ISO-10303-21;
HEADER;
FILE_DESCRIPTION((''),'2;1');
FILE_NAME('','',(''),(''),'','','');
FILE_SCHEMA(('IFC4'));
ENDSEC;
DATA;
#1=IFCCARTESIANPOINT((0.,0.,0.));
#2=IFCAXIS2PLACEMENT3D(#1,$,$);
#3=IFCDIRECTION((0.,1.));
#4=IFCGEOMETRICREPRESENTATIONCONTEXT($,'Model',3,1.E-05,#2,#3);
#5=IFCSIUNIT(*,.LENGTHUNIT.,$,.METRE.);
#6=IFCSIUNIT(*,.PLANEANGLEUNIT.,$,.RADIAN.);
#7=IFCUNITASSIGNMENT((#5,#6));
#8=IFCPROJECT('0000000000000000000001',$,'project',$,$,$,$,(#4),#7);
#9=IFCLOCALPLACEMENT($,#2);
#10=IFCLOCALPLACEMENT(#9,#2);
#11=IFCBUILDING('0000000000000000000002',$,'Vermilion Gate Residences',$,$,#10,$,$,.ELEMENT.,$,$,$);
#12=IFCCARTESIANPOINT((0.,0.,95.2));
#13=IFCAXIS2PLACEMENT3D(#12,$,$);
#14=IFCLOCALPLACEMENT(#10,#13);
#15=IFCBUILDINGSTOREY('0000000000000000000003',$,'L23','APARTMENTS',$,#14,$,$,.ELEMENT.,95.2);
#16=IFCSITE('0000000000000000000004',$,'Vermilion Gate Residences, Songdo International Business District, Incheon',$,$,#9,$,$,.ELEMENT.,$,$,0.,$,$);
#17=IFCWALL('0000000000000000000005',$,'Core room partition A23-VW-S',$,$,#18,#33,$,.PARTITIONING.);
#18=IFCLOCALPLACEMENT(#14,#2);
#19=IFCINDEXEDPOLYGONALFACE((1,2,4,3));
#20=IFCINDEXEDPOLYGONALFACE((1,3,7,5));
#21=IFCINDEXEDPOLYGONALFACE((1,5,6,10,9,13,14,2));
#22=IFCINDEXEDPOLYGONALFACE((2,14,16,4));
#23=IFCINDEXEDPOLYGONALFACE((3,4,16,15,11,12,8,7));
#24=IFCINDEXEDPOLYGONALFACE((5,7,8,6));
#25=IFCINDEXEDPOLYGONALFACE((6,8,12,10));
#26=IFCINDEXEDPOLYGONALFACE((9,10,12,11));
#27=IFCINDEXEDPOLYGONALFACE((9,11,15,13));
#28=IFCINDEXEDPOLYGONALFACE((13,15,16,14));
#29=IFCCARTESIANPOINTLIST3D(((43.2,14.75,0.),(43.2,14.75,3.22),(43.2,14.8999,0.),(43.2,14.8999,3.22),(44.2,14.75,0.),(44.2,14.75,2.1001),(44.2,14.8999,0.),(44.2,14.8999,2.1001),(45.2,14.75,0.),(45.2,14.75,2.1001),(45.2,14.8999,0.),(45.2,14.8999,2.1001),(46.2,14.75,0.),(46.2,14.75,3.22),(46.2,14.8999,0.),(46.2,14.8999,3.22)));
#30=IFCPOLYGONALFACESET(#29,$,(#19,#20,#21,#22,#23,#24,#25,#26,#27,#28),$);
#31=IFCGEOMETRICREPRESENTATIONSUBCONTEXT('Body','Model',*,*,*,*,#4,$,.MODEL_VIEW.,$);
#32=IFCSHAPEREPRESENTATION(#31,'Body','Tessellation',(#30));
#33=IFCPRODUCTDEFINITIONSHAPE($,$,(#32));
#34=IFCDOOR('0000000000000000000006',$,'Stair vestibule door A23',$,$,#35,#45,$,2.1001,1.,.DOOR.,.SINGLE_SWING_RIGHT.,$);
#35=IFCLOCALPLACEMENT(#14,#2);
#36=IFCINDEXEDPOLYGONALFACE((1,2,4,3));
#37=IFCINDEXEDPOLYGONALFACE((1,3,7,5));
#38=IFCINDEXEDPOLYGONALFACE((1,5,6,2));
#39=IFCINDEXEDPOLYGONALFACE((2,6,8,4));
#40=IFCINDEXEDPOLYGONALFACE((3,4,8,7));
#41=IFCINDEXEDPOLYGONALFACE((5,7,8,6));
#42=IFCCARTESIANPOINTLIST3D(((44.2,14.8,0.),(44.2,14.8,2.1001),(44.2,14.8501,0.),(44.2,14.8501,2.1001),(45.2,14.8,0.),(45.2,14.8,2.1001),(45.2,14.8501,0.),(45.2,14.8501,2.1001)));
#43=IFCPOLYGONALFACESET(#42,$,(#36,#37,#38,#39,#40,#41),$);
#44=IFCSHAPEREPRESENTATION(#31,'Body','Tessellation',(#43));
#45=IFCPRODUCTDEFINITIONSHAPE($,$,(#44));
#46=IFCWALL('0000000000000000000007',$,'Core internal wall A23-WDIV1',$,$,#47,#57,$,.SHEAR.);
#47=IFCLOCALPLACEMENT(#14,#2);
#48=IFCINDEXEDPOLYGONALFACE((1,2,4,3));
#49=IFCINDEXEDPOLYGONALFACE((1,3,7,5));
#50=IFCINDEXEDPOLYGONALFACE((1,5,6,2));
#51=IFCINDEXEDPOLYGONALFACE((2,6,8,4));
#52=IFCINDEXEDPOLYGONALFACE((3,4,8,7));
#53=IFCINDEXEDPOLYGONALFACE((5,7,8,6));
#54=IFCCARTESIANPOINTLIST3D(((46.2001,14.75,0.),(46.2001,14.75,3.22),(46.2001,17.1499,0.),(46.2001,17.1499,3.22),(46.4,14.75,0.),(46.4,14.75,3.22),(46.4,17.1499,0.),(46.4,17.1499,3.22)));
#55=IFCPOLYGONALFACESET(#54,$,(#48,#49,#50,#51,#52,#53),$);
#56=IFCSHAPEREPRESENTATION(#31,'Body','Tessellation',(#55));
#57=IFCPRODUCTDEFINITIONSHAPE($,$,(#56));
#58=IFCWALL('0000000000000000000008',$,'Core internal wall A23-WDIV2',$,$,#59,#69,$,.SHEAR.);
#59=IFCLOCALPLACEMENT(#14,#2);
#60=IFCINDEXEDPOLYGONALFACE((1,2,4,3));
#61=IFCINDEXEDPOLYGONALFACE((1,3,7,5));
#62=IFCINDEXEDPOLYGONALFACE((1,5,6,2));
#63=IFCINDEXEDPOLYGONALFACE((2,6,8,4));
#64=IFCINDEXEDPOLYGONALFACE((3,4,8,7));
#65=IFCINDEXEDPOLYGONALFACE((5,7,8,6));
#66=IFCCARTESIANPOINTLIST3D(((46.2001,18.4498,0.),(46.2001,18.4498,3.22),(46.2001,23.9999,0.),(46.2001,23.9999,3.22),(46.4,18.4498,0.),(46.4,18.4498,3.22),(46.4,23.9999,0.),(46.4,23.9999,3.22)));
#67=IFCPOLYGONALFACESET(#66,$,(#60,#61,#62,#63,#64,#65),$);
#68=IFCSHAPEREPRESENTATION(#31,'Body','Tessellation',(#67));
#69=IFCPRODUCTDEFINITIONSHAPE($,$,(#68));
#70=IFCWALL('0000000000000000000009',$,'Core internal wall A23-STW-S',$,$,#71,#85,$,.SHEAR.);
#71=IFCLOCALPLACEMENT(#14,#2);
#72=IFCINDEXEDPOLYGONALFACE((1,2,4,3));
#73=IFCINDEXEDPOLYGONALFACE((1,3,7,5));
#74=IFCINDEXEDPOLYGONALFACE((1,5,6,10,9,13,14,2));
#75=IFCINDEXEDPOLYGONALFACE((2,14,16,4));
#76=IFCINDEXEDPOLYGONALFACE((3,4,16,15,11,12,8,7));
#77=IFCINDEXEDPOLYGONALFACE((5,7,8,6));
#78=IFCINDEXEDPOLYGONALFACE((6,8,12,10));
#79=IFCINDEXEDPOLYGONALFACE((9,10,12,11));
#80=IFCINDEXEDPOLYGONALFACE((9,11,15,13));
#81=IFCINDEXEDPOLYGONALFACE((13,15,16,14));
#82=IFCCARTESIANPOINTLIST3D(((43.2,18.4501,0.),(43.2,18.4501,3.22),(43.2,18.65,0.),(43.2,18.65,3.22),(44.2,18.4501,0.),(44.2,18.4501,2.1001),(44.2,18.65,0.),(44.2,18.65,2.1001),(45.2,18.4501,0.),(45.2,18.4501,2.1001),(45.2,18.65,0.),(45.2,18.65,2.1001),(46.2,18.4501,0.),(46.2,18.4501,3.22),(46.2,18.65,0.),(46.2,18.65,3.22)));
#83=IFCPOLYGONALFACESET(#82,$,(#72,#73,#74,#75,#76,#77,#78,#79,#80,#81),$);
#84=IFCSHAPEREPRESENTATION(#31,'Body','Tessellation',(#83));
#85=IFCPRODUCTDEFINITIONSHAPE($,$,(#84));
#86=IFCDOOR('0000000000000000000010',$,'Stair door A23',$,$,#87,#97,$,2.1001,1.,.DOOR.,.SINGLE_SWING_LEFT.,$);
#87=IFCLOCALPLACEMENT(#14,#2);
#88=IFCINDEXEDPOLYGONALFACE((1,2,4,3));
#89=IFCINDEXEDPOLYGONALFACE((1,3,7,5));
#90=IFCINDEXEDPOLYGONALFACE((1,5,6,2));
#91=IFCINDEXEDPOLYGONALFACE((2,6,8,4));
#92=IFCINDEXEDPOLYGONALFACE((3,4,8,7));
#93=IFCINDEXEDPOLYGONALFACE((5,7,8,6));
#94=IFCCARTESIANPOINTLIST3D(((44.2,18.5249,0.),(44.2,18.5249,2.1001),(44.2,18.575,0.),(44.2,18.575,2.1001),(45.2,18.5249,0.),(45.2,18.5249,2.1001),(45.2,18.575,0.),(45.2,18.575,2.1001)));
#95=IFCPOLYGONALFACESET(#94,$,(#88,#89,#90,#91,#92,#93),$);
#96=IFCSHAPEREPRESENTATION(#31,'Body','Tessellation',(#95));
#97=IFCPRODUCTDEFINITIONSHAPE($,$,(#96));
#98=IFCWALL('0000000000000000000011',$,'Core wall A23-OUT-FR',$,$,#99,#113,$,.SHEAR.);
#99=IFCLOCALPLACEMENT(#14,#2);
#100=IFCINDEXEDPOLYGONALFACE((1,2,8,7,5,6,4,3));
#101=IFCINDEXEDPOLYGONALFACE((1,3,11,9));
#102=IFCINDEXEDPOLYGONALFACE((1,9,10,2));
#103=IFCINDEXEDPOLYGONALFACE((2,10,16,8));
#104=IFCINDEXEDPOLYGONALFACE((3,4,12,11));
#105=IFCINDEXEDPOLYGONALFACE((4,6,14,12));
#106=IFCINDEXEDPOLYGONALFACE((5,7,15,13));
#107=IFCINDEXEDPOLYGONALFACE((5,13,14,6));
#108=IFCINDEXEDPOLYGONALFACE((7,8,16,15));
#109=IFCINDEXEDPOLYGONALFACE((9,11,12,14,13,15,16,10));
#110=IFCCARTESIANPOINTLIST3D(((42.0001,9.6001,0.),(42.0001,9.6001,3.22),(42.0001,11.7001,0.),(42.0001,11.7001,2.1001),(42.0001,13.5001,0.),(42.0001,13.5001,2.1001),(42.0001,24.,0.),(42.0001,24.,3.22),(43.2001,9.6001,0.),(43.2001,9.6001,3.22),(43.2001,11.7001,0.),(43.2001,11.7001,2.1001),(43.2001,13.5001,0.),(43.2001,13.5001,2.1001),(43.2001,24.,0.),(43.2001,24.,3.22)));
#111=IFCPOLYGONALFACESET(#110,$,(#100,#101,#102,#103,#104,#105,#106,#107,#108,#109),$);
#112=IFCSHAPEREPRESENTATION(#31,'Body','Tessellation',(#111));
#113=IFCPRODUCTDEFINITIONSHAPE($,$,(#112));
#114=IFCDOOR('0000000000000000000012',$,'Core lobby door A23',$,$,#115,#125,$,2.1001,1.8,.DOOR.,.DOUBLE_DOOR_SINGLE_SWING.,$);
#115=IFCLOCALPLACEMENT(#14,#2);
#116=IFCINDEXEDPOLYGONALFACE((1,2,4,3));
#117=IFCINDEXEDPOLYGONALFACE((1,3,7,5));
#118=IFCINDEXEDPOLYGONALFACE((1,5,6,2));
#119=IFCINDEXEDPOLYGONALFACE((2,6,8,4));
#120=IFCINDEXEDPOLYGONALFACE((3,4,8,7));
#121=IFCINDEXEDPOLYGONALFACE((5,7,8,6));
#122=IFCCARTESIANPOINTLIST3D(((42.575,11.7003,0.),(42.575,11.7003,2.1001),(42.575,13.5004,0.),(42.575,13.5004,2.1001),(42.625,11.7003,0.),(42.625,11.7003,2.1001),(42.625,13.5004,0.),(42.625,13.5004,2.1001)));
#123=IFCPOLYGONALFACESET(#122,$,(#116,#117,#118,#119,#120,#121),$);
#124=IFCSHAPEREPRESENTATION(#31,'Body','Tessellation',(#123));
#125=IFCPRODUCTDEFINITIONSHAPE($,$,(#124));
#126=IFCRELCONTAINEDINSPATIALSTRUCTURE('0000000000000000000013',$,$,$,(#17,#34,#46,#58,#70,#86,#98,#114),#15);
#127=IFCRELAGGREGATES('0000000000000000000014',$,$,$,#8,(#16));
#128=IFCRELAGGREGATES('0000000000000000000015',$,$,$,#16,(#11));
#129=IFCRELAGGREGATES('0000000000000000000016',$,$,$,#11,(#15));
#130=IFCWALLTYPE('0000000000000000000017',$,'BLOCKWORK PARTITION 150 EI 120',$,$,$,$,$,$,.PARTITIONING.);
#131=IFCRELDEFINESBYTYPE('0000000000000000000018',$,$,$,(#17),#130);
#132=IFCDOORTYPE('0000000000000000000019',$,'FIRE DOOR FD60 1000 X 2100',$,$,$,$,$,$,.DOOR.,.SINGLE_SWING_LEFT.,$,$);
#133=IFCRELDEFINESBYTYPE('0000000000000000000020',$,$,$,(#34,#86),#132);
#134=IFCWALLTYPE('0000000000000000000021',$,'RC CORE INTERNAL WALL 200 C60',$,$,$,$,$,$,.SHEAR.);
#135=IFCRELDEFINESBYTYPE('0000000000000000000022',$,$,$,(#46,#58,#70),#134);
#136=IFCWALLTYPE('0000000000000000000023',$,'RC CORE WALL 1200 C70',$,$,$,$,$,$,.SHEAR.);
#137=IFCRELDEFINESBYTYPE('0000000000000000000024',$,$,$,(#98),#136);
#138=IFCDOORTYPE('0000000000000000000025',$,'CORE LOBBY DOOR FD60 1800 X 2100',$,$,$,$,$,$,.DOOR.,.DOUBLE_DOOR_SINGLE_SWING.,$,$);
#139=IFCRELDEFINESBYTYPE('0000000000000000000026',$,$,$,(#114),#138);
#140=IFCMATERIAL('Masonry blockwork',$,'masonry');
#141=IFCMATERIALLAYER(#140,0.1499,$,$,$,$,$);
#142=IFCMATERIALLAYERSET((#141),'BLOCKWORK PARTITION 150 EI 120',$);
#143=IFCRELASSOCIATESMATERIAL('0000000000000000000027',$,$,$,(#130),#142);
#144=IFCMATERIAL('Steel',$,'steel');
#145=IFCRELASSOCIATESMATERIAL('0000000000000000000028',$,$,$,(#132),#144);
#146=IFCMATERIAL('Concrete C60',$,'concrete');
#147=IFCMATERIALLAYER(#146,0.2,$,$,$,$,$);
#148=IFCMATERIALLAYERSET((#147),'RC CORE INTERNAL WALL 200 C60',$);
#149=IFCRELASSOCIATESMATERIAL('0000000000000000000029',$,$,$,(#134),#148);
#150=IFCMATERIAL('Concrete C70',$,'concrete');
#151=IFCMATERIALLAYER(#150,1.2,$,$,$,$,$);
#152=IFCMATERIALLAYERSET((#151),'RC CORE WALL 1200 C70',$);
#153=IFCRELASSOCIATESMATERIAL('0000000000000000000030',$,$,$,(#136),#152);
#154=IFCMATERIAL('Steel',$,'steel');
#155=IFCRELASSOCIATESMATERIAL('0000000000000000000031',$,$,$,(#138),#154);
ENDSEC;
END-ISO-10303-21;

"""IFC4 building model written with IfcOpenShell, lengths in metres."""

from ifc_helpers import new_model, si_unit, direction, frame, frame_2d, origin, place, context, subcontext, project, spatial, rectangle, extrude, material, layer, layer_set, type_object, element, fill, save


model = new_model("IFC4")

# Units and contexts
model_context = context("Model", 3, precision=1e-05, world=origin(), true_north=direction((0.0, 1.0)))
body_context = subcontext(model_context, "Body", "Model", "MODEL_VIEW")
ifc_project = project(units=[si_unit("LENGTHUNIT", "METRE"), si_unit("PLANEANGLEUNIT", "RADIAN")], contexts=[model_context])

# Site, building, storey
site_placement = place(None, origin())
site = spatial("IfcSite", under=ifc_project, at=site_placement, Name="Vermilion Gate Residences, Songdo International Business District, Incheon", CompositionType="ELEMENT", RefElevation=0.0)
building_placement = place(site_placement, origin())
building = spatial("IfcBuilding", under=site, at=building_placement, Name="Vermilion Gate Residences", CompositionType="ELEMENT")
storey_placement = place(building_placement, frame((0.0, 0.0, 95.2)))
storey = spatial("IfcBuildingStorey", under=building, at=storey_placement, Name="L23", Description="APARTMENTS", CompositionType="ELEMENT", Elevation=95.2)

# Wall, opening, door
ifc_material_1 = material(Name="Masonry blockwork", Category="masonry")
ifc_layer_1 = layer(ifc_material_1, 0.1499)
ifc_layer_set_1 = layer_set([ifc_layer_1], Name="BLOCKWORK PARTITION 150 EI 120")
wall_type_1 = type_object("IfcWallType", Name="BLOCKWORK PARTITION 150 EI 120", PredefinedType="PARTITIONING", material=ifc_layer_set_1)
wall_1_placement = place(storey_placement, frame((43.2, 14.825, 0.0), z_axis=(0.0, 0.0, 1.0), x_axis=(1.0, 0.0, 0.0)))
wall_1 = element("IfcWall", 1, at=wall_1_placement, inside=storey, type_object=wall_type_1, Name="Core room partition A23-VW-S", PredefinedType="PARTITIONING", context=body_context, shape_type="SweptSolid", body=[
    extrude(rectangle(XDim=3.0, YDim=0.1499, at=frame_2d((1.5, 0.0))), origin(), (0.0, 0.0, 1.0), 3.22),
])
opening_1_placement = place(wall_1_placement, frame((1.0, 0.0, 0.0)))
opening_1 = element("IfcOpeningElement", 2, at=opening_1_placement, cuts=wall_1, PredefinedType="OPENING", context=body_context, shape_type="SweptSolid", body=[
    extrude(rectangle(XDim=1.0, YDim=2.1001, at=frame_2d((0.5, 1.05))), frame((0.0, 0.085, 0.0), z_axis=(0.0, -1.0, 0.0), x_axis=(1.0, 0.0, 0.0)), (0.0, 0.0, 1.0), 0.1699),
])
ifc_material_2 = material(Name="Steel", Category="steel")
door_type_1 = type_object("IfcDoorType", Name="FIRE DOOR FD60 1000 X 2100", OperationType="SINGLE_SWING_LEFT", PredefinedType="DOOR", material=ifc_material_2)
door_1_placement = place(opening_1_placement, frame((1.0, 0.0, 0.0), z_axis=(0.0, 0.0, 1.0), x_axis=(-1.0, 0.0, 0.0)))
door_1 = element("IfcDoor", 3, at=door_1_placement, inside=storey, type_object=door_type_1, Name="Stair vestibule door A23", OperationType="SINGLE_SWING_RIGHT", OverallHeight=2.1001, OverallWidth=1.0, PredefinedType="DOOR", context=body_context, shape_type="SweptSolid", body=[
    extrude(rectangle(XDim=1.0, YDim=2.1001, at=frame_2d((0.5, 1.05))), frame((0.0, 0.0249, 0.0), z_axis=(0.0, -1.0, 0.0), x_axis=(1.0, 0.0, 0.0)), (0.0, 0.0, 1.0), 0.05),
])
fill(opening_1, door_1)

# Walls
ifc_material_3 = material(Name="Concrete C60", Category="concrete")
ifc_layer_2 = layer(ifc_material_3, 0.2)
ifc_layer_set_2 = layer_set([ifc_layer_2], Name="RC CORE INTERNAL WALL 200 C60")
wall_type_2 = type_object("IfcWallType", Name="RC CORE INTERNAL WALL 200 C60", PredefinedType="SHEAR", material=ifc_layer_set_2)
wall_2_placement = place(storey_placement, frame((46.3, 14.75, 0.0), z_axis=(0.0, 0.0, 1.0), x_axis=(0.0, 1.0, 0.0)))
element("IfcWall", 4, at=wall_2_placement, inside=storey, type_object=wall_type_2, Name="Core internal wall A23-WDIV1", PredefinedType="SHEAR", context=body_context, shape_type="SweptSolid", body=[
    extrude(rectangle(XDim=2.3999, YDim=0.2, at=frame_2d((1.2, 0.0))), origin(), (0.0, 0.0, 1.0), 3.22),
])
wall_3_placement = place(storey_placement, frame((46.3, 18.45, 0.0), z_axis=(0.0, 0.0, 1.0), x_axis=(0.0, 1.0, 0.0)))
element("IfcWall", 5, at=wall_3_placement, inside=storey, type_object=wall_type_2, Name="Core internal wall A23-WDIV2", PredefinedType="SHEAR", context=body_context, shape_type="SweptSolid", body=[
    extrude(rectangle(XDim=5.55, YDim=0.2, at=frame_2d((2.7749, 0.0))), origin(), (0.0, 0.0, 1.0), 3.22),
])

# Walls, openings, doors
wall_4_placement = place(storey_placement, frame((43.2, 18.55, 0.0), z_axis=(0.0, 0.0, 1.0), x_axis=(1.0, 0.0, 0.0)))
wall_4 = element("IfcWall", 6, at=wall_4_placement, inside=storey, type_object=wall_type_2, Name="Core internal wall A23-STW-S", PredefinedType="SHEAR", context=body_context, shape_type="SweptSolid", body=[
    extrude(rectangle(XDim=3.0, YDim=0.2, at=frame_2d((1.5, 0.0))), origin(), (0.0, 0.0, 1.0), 3.22),
])
opening_2_placement = place(wall_4_placement, frame((1.0, 0.0, 0.0)))
opening_2 = element("IfcOpeningElement", 7, at=opening_2_placement, cuts=wall_4, PredefinedType="OPENING", context=body_context, shape_type="SweptSolid", body=[
    extrude(rectangle(XDim=1.0, YDim=2.1001, at=frame_2d((0.5, 1.05))), frame((0.0, 0.1099, 0.0), z_axis=(0.0, -1.0, 0.0), x_axis=(1.0, 0.0, 0.0)), (0.0, 0.0, 1.0), 0.22),
])
door_2_placement = place(opening_2_placement, origin())
door_2 = element("IfcDoor", 8, at=door_2_placement, inside=storey, type_object=door_type_1, Name="Stair door A23", OperationType="SINGLE_SWING_LEFT", OverallHeight=2.1001, OverallWidth=1.0, PredefinedType="DOOR", context=body_context, shape_type="SweptSolid", body=[
    extrude(rectangle(XDim=1.0, YDim=2.1001, at=frame_2d((0.5, 1.05))), frame((0.0, 0.0249, 0.0), z_axis=(0.0, -1.0, 0.0), x_axis=(1.0, 0.0, 0.0)), (0.0, 0.0, 1.0), 0.05),
])
fill(opening_2, door_2)
ifc_material_4 = material(Name="Concrete C70", Category="concrete")
ifc_layer_3 = layer(ifc_material_4, 1.2)
ifc_layer_set_3 = layer_set([ifc_layer_3], Name="RC CORE WALL 1200 C70")
wall_type_3 = type_object("IfcWallType", Name="RC CORE WALL 1200 C70", PredefinedType="SHEAR", material=ifc_layer_set_3)
wall_5_placement = place(storey_placement, frame((42.6001, 9.6001, 0.0), z_axis=(0.0, 0.0, 1.0), x_axis=(0.0, 1.0, 0.0)))
wall_5 = element("IfcWall", 9, at=wall_5_placement, inside=storey, type_object=wall_type_3, Name="Core wall A23-OUT-FR", PredefinedType="SHEAR", context=body_context, shape_type="SweptSolid", body=[
    extrude(rectangle(XDim=14.3999, YDim=1.2, at=frame_2d((7.2, 0.0))), origin(), (0.0, 0.0, 1.0), 3.22),
])
opening_3_placement = place(wall_5_placement, frame((2.1001, 0.0, 0.0)))
opening_3 = element("IfcOpeningElement", 10, at=opening_3_placement, cuts=wall_5, PredefinedType="OPENING", context=body_context, shape_type="SweptSolid", body=[
    extrude(rectangle(XDim=1.8, YDim=2.1001, at=frame_2d((0.8999, 1.05))), frame((0.0, 0.6099, 0.0), z_axis=(0.0, -1.0, 0.0), x_axis=(1.0, 0.0, 0.0)), (0.0, 0.0, 1.0), 1.22),
])
ifc_material_5 = material(Name="Steel", Category="steel")
door_type_2 = type_object("IfcDoorType", Name="CORE LOBBY DOOR FD60 1800 X 2100", OperationType="DOUBLE_DOOR_SINGLE_SWING", PredefinedType="DOOR", material=ifc_material_5)
door_3_placement = place(opening_3_placement, frame((1.8, 0.0, 0.0), z_axis=(0.0, 0.0, 1.0), x_axis=(-1.0, 0.0, 0.0)))
door_3 = element("IfcDoor", 11, at=door_3_placement, inside=storey, type_object=door_type_2, Name="Core lobby door A23", OperationType="DOUBLE_DOOR_SINGLE_SWING", OverallHeight=2.1001, OverallWidth=1.8, PredefinedType="DOOR", context=body_context, shape_type="SweptSolid", body=[
    extrude(rectangle(XDim=1.8, YDim=2.1001, at=frame_2d((0.8999, 1.05))), frame((0.0, 0.0249, 0.0), z_axis=(0.0, -1.0, 0.0), x_axis=(1.0, 0.0, 0.0)), (0.0, 0.0, 1.0), 0.05),
])
fill(opening_3, door_3)

save(model, "model.ifc")
